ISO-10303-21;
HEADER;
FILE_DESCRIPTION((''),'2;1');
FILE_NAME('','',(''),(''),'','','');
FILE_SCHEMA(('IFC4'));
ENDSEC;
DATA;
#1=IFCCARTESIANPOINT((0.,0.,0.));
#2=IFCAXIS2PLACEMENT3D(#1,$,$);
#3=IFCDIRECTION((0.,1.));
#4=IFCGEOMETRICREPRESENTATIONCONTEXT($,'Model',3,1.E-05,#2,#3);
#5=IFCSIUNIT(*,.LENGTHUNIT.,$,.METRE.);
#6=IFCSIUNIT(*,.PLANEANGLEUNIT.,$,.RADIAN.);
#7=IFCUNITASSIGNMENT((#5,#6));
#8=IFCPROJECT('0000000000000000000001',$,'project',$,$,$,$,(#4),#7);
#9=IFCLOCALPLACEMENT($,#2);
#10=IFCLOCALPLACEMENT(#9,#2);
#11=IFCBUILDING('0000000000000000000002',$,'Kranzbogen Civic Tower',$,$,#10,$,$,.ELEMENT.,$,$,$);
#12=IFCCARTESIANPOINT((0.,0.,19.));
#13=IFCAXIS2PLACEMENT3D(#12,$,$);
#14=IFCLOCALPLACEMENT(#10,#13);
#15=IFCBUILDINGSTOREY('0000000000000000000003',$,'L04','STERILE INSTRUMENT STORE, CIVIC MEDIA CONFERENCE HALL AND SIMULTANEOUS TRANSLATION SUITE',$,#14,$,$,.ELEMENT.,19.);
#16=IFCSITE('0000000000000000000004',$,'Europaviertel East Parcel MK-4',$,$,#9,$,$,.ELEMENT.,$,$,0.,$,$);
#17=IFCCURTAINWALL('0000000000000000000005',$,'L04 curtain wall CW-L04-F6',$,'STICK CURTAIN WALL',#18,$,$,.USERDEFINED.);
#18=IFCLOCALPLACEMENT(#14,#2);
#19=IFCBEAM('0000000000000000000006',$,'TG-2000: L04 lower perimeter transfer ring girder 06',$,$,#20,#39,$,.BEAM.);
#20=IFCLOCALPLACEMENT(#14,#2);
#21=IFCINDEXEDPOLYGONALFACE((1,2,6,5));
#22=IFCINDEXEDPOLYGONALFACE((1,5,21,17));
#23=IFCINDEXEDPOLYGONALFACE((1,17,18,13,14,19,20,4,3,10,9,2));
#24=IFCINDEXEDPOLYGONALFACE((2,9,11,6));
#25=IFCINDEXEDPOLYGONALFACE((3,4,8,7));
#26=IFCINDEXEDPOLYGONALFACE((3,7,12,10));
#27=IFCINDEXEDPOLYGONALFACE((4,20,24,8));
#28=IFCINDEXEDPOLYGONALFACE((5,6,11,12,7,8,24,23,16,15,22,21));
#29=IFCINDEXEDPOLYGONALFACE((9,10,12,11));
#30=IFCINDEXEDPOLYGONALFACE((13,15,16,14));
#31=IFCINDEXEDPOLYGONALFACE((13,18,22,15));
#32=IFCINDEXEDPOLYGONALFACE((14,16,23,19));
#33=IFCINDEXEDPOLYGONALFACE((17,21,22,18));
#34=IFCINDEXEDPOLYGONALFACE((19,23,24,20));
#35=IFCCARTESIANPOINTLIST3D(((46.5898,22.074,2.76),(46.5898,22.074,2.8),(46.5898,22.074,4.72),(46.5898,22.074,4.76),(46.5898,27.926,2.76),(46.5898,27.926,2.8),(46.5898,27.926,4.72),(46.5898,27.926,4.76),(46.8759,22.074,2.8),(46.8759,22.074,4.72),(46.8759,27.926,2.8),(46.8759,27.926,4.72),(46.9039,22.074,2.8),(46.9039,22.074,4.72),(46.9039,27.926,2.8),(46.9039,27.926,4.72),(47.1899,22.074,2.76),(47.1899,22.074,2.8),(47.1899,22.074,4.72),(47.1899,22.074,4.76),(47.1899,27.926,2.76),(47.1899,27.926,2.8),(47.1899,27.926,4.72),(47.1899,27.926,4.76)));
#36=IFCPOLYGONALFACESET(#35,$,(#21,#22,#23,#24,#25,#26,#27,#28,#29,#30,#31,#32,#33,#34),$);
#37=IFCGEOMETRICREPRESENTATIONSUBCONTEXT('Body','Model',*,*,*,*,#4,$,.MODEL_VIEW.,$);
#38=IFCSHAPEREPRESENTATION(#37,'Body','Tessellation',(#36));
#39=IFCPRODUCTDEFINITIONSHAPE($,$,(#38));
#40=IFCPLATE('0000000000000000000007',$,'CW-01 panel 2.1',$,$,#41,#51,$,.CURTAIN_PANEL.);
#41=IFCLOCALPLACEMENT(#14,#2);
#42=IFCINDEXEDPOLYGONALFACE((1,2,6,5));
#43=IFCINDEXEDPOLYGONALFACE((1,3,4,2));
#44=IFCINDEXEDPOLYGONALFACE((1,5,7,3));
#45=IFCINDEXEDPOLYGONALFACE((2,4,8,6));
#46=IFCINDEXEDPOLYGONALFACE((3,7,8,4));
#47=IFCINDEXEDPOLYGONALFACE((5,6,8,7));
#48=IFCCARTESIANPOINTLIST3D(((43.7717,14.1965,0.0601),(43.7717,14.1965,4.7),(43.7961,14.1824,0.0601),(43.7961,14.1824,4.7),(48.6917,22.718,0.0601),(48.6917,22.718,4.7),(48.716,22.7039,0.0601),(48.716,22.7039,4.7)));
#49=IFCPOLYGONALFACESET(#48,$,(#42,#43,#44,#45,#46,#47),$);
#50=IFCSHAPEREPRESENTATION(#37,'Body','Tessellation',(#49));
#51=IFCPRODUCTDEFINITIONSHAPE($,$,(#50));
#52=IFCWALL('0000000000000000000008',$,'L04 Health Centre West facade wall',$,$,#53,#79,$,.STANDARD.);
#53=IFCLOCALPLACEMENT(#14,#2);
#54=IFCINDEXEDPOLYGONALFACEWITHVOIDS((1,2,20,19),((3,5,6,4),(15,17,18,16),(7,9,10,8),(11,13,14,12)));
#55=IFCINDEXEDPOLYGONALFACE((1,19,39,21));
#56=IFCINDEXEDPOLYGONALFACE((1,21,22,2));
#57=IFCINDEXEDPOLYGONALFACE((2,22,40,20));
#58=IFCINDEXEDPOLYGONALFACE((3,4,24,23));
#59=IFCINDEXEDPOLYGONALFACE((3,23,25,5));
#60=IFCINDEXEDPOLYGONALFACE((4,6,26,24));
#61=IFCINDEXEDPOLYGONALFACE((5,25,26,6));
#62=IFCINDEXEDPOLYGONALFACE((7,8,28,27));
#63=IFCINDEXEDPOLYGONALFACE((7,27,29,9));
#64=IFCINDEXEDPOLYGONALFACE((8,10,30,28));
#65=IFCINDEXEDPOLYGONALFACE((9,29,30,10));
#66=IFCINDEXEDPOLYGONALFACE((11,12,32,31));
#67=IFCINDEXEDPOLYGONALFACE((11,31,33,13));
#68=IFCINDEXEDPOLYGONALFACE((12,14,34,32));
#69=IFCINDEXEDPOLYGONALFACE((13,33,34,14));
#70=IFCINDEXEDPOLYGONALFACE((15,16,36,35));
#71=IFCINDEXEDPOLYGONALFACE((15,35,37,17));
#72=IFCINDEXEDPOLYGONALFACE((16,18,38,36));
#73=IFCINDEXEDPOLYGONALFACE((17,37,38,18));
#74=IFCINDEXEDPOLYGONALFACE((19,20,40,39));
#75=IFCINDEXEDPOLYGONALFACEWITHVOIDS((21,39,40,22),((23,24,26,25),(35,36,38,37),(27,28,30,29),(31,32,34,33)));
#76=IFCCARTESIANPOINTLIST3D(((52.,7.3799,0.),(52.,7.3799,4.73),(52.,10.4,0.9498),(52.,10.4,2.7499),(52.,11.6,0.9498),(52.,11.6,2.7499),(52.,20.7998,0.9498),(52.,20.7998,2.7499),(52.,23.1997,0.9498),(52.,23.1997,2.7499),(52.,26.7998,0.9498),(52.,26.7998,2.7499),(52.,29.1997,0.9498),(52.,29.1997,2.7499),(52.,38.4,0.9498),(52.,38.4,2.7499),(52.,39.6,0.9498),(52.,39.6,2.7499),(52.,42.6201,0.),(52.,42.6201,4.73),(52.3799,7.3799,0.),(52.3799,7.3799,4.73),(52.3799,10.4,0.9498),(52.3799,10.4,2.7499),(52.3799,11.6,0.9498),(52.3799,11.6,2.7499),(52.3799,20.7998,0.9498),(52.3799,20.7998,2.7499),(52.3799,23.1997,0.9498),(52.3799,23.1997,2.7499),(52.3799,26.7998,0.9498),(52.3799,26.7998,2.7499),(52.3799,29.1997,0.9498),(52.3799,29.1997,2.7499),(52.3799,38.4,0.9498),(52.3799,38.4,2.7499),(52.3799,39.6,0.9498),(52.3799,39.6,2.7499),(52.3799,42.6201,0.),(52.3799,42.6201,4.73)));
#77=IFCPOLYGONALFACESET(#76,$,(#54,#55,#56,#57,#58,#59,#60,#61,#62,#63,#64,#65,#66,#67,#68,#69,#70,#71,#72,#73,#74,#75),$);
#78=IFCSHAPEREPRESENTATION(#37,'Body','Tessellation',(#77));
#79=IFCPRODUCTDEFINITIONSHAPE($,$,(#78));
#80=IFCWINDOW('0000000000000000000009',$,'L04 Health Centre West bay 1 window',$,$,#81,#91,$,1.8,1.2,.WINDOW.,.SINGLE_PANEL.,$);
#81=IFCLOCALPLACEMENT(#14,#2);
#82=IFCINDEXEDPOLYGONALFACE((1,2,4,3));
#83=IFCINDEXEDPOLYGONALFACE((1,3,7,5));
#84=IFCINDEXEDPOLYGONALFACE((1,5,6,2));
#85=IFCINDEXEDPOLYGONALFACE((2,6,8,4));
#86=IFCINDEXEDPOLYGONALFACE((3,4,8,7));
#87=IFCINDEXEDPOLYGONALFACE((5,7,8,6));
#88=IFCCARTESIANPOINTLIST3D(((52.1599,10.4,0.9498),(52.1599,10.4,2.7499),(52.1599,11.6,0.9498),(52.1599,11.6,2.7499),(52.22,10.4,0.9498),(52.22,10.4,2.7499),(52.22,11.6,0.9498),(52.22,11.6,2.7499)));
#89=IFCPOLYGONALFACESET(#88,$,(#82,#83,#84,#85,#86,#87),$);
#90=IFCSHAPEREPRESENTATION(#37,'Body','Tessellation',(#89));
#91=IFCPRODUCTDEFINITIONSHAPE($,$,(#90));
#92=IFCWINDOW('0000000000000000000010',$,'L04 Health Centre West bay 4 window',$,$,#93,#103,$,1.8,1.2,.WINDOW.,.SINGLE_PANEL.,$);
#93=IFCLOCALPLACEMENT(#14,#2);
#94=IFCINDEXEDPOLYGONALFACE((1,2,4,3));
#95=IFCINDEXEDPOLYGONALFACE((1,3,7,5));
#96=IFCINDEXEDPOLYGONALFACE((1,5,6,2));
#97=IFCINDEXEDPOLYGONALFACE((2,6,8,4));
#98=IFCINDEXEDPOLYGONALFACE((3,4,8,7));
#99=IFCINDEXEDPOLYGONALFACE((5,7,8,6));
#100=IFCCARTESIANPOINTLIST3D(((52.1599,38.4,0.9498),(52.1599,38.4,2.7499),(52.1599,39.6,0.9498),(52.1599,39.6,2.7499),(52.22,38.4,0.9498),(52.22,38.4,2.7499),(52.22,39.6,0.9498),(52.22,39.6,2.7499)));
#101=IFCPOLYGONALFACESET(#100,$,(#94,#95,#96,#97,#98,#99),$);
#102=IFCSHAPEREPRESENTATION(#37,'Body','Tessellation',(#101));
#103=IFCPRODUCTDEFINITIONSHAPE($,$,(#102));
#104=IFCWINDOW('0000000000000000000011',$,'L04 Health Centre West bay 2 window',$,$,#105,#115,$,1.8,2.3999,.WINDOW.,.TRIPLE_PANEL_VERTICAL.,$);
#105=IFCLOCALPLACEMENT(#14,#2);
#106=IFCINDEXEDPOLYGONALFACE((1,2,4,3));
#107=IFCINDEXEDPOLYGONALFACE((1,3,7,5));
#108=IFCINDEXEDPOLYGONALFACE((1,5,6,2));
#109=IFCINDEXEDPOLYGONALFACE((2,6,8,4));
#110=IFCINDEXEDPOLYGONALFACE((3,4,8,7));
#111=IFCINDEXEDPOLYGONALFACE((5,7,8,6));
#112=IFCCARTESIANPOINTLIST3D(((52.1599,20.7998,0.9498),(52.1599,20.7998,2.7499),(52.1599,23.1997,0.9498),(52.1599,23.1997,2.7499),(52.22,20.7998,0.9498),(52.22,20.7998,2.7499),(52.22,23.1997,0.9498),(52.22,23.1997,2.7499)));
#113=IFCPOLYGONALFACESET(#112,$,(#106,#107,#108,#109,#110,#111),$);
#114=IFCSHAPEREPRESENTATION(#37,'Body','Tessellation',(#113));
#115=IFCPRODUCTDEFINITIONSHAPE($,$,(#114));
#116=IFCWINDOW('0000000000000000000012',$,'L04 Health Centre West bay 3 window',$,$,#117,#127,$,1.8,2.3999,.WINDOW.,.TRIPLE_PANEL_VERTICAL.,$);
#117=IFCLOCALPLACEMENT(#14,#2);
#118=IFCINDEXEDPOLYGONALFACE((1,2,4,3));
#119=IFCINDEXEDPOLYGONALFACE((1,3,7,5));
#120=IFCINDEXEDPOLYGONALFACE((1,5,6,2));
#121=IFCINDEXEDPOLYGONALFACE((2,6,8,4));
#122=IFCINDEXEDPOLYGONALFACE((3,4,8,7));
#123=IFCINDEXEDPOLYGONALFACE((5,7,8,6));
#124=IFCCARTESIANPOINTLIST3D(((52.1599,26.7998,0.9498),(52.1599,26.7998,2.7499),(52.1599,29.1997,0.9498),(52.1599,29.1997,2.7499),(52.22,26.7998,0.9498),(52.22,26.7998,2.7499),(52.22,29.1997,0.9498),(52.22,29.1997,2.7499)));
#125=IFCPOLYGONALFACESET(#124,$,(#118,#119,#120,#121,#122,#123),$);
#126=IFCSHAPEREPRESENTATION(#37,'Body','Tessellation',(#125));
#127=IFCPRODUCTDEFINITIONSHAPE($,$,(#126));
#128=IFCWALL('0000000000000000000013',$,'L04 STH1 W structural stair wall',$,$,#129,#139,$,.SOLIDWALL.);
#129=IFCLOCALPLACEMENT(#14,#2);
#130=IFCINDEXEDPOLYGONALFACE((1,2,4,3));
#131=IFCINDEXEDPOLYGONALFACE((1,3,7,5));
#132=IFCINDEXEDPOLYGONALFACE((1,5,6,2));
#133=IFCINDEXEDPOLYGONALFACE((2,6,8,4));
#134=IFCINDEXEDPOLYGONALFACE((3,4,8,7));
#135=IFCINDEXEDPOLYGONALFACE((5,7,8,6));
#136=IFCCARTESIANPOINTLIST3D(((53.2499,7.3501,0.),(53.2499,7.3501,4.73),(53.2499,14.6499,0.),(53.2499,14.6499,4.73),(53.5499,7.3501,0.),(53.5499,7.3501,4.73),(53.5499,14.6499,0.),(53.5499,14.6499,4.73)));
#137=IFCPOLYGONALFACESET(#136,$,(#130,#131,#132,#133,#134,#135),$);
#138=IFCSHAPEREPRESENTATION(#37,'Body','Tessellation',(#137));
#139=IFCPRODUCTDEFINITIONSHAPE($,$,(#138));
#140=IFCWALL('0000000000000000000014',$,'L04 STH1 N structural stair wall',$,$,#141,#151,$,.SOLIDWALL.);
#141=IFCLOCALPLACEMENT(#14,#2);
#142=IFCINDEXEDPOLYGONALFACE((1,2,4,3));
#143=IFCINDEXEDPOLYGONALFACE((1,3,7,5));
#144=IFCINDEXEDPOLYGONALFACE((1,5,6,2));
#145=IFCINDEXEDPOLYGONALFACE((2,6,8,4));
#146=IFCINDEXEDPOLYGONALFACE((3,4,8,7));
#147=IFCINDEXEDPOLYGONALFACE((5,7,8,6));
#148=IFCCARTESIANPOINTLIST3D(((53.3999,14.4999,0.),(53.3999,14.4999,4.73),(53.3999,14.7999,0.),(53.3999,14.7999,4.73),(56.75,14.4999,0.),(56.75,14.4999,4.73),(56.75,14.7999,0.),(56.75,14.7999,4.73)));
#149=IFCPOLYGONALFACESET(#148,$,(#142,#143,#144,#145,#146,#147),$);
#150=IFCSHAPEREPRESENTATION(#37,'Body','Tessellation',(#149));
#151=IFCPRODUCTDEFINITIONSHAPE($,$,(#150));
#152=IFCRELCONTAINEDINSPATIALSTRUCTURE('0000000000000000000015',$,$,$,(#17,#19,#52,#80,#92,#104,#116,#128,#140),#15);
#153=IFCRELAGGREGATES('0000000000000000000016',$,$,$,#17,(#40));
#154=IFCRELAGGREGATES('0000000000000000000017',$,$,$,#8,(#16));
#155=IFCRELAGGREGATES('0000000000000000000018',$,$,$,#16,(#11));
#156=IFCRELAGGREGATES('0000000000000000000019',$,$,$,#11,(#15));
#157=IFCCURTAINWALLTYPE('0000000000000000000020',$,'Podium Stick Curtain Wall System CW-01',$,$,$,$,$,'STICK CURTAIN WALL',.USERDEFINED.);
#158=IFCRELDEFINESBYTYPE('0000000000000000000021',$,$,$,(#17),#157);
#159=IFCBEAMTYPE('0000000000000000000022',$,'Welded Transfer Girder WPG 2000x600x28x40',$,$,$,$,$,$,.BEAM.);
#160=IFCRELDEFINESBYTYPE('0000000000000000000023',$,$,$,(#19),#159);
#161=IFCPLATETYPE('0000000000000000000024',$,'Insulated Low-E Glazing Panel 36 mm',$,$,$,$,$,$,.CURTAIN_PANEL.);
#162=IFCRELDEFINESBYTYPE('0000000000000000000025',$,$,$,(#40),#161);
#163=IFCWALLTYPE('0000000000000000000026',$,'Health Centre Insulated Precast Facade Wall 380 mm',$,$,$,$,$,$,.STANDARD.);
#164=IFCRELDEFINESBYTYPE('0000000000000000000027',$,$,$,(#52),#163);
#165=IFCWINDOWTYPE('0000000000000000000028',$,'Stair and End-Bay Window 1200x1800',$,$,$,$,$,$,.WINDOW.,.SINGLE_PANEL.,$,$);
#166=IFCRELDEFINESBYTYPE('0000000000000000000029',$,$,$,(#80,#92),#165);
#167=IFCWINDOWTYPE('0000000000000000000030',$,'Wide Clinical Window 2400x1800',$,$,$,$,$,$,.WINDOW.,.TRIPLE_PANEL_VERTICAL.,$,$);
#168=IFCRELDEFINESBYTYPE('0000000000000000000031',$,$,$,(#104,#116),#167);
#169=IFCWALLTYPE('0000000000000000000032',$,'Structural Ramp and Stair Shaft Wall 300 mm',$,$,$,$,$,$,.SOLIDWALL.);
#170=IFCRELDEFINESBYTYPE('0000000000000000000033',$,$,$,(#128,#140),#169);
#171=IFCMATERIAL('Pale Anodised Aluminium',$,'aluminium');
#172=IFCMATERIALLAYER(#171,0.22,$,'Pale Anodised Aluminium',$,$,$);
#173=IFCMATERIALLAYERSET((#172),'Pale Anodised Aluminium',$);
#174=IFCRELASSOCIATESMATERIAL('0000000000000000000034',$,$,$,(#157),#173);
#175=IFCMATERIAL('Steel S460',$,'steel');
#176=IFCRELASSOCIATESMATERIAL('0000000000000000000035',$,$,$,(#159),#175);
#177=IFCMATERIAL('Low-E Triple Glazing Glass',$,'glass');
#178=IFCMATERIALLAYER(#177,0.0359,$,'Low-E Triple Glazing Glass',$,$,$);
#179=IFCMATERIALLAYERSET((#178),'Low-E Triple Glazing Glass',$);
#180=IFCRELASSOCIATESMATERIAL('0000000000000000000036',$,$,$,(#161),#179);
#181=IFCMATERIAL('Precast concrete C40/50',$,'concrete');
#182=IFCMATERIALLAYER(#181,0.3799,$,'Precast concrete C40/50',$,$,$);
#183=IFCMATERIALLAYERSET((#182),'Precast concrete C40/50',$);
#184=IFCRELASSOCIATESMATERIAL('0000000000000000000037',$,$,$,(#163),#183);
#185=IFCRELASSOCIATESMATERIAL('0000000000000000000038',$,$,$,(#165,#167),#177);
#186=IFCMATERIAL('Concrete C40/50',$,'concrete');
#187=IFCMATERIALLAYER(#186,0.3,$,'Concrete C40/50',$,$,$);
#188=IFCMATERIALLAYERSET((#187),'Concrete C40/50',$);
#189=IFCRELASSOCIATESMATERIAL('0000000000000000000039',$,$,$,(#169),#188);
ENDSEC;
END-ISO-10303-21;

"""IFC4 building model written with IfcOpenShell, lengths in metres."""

from ifc_helpers import new_model, si_unit, direction, frame, frame_2d, origin, origin_2d, place, context, subcontext, project, spatial, rectangle, i_section, extrude, material, layer, layer_set, material_profile, profile_set, type_object, element, fill, aggregate, save


model = new_model("IFC4")

# Units and contexts
model_context = context("Model", 3, precision=1e-05, world=origin(), true_north=direction((0.0, 1.0)))
body_context = subcontext(model_context, "Body", "Model", "MODEL_VIEW")
ifc_project = project(units=[si_unit("LENGTHUNIT", "METRE"), si_unit("PLANEANGLEUNIT", "RADIAN")], contexts=[model_context])

# Site, building, storey
site_placement = place(None, origin())
site = spatial("IfcSite", under=ifc_project, at=site_placement, Name="Europaviertel East Parcel MK-4", CompositionType="ELEMENT", RefElevation=0.0)
building_placement = place(site_placement, origin())
building = spatial("IfcBuilding", under=site, at=building_placement, Name="Kranzbogen Civic Tower", CompositionType="ELEMENT")
storey_placement = place(building_placement, frame((0.0, 0.0, 19.0)))
storey = spatial("IfcBuildingStorey", under=building, at=storey_placement, Name="L04", Description="STERILE INSTRUMENT STORE, CIVIC MEDIA CONFERENCE HALL AND SIMULTANEOUS TRANSLATION SUITE", CompositionType="ELEMENT", Elevation=19.0)

# Shared definitions
ifc_material_1 = material(Name="Steel S460", Category="steel")
ifc_material_2 = material(Name="Concrete C40/50", Category="concrete")

# Curtain wall
ifc_material_3 = material(Name="Pale Anodised Aluminium", Category="aluminium")
ifc_layer_1 = layer(ifc_material_3, 0.22, Name="Pale Anodised Aluminium")
ifc_layer_set_1 = layer_set([ifc_layer_1], Name="Pale Anodised Aluminium")
curtain_wall_type = type_object("IfcCurtainWallType", Name="Podium Stick Curtain Wall System CW-01", ElementType="STICK CURTAIN WALL", PredefinedType="USERDEFINED", material=ifc_layer_set_1)
curtain_wall_placement = place(storey_placement, origin())
curtain_wall = element("IfcCurtainWall", 1, at=curtain_wall_placement, inside=storey, type_object=curtain_wall_type, Name="L04 curtain wall CW-L04-F6", ObjectType="STICK CURTAIN WALL", PredefinedType="USERDEFINED")

# Beam
ifc_material_profile_1 = material_profile(ifc_material_1, i_section(OverallWidth=0.6001, OverallDepth=2.0, WebThickness=0.0281, FlangeThickness=0.04, at=origin_2d()), Name="WPG 2000x600x28x40")
ifc_profile_set_1 = profile_set([ifc_material_profile_1], Name="Steel S460")
beam_type_1 = type_object("IfcBeamType", Name="Welded Transfer Girder WPG 2000x600x28x40", PredefinedType="BEAM", material=ifc_profile_set_1)
beam_1_placement = place(storey_placement, frame((46.8899, 22.074, 3.76), z_axis=(0.0, 1.0, 0.0), x_axis=(-1.0, 0.0, 0.0)))
element("IfcBeam", 2, at=beam_1_placement, inside=storey, type_object=beam_type_1, Name="TG-2000: L04 lower perimeter transfer ring girder 06", PredefinedType="BEAM", context=body_context, shape_type="SweptSolid", body=[
    extrude(i_section(OverallWidth=0.6001, OverallDepth=2.0, WebThickness=0.0281, FlangeThickness=0.04, at=origin_2d()), origin(), (0.0, 0.0, 1.0), 5.8521),
])

# Plate
ifc_material_4 = material(Name="Low-E Triple Glazing Glass", Category="glass")
ifc_layer_2 = layer(ifc_material_4, 0.0359, Name="Low-E Triple Glazing Glass")
ifc_layer_set_2 = layer_set([ifc_layer_2], Name="Low-E Triple Glazing Glass")
plate_type = type_object("IfcPlateType", Name="Insulated Low-E Glazing Panel 36 mm", PredefinedType="CURTAIN_PANEL", material=ifc_layer_set_2)
plate_placement = place(storey_placement, frame((46.2439, 18.4502, 0.0601), z_axis=(0.0, 0.0, 1.0), x_axis=(0.500006, 0.866022, 0.0)))
plate = element("IfcPlate", 3, at=plate_placement, type_object=plate_type, Name="CW-01 panel 2.1", PredefinedType="CURTAIN_PANEL", context=body_context, shape_type="SweptSolid", body=[
    extrude(rectangle(XDim=9.8398, YDim=0.0281, at=origin_2d()), origin(), (0.0, 0.0, 1.0), 4.6399),
])
aggregate(curtain_wall, [plate])

# Wall, openings, windows
ifc_material_5 = material(Name="Precast concrete C40/50", Category="concrete")
ifc_layer_3 = layer(ifc_material_5, 0.3799, Name="Precast concrete C40/50")
ifc_layer_set_3 = layer_set([ifc_layer_3], Name="Precast concrete C40/50")
wall_type_1 = type_object("IfcWallType", Name="Health Centre Insulated Precast Facade Wall 380 mm", PredefinedType="STANDARD", material=ifc_layer_set_3)
wall_1_placement = place(storey_placement, frame((52.1899, 7.3799, 0.0), z_axis=(0.0, 0.0, 1.0), x_axis=(0.0, 1.0, 0.0)))
wall_1 = element("IfcWall", 4, at=wall_1_placement, inside=storey, type_object=wall_type_1, Name="L04 Health Centre West facade wall", PredefinedType="STANDARD", context=body_context, shape_type="SweptSolid", body=[
    extrude(rectangle(XDim=35.2402, YDim=0.3799, at=frame_2d((17.6201, 0.0))), origin(), (0.0, 0.0, 1.0), 4.73),
])
opening_1_placement = place(wall_1_placement, frame((3.02, 0.0, 0.95)))
opening_1 = element("IfcOpeningElement", 5, at=opening_1_placement, cuts=wall_1, PredefinedType="OPENING", context=body_context, shape_type="SweptSolid", body=[
    extrude(rectangle(XDim=1.2, YDim=1.8, at=frame_2d((0.6001, 0.8999))), frame((0.0, 0.2, 0.0), z_axis=(0.0, -1.0, 0.0), x_axis=(1.0, 0.0, 0.0)), (0.0, 0.0, 1.0), 0.3999),
])
opening_2_placement = place(wall_1_placement, frame((13.4199, 0.0, 0.95)))
opening_2 = element("IfcOpeningElement", 6, at=opening_2_placement, cuts=wall_1, PredefinedType="OPENING", context=body_context, shape_type="SweptSolid", body=[
    extrude(rectangle(XDim=2.3999, YDim=1.8, at=frame_2d((1.2, 0.8999))), frame((0.0, 0.2, 0.0), z_axis=(0.0, -1.0, 0.0), x_axis=(1.0, 0.0, 0.0)), (0.0, 0.0, 1.0), 0.3999),
])
opening_3_placement = place(wall_1_placement, frame((19.4199, 0.0, 0.95)))
opening_3 = element("IfcOpeningElement", 7, at=opening_3_placement, cuts=wall_1, PredefinedType="OPENING", context=body_context, shape_type="SweptSolid", body=[
    extrude(rectangle(XDim=2.3999, YDim=1.8, at=frame_2d((1.2, 0.8999))), frame((0.0, 0.2, 0.0), z_axis=(0.0, -1.0, 0.0), x_axis=(1.0, 0.0, 0.0)), (0.0, 0.0, 1.0), 0.3999),
])
opening_4_placement = place(wall_1_placement, frame((31.02, 0.0, 0.95)))
opening_4 = element("IfcOpeningElement", 8, at=opening_4_placement, cuts=wall_1, PredefinedType="OPENING", context=body_context, shape_type="SweptSolid", body=[
    extrude(rectangle(XDim=1.2, YDim=1.8, at=frame_2d((0.6001, 0.8999))), frame((0.0, 0.2, 0.0), z_axis=(0.0, -1.0, 0.0), x_axis=(1.0, 0.0, 0.0)), (0.0, 0.0, 1.0), 0.3999),
])
window_type_1 = type_object("IfcWindowType", Name="Stair and End-Bay Window 1200x1800", PartitioningType="SINGLE_PANEL", PredefinedType="WINDOW", material=ifc_material_4)
window_1_placement = place(opening_1_placement, origin())
window_1 = element("IfcWindow", 9, at=window_1_placement, inside=storey, type_object=window_type_1, Name="L04 Health Centre West bay 1 window", OverallHeight=1.8, OverallWidth=1.2, PartitioningType="SINGLE_PANEL", PredefinedType="WINDOW", context=body_context, shape_type="SweptSolid", body=[
    extrude(rectangle(XDim=1.2, YDim=1.8, at=frame_2d((0.6001, 0.8999))), frame((0.0, 0.03, 0.0), z_axis=(0.0, -1.0, 0.0), x_axis=(1.0, 0.0, 0.0)), (0.0, 0.0, 1.0), 0.0601),
])
fill(opening_1, window_1)
window_2_placement = place(opening_4_placement, origin())
window_2 = element("IfcWindow", 10, at=window_2_placement, inside=storey, type_object=window_type_1, Name="L04 Health Centre West bay 4 window", OverallHeight=1.8, OverallWidth=1.2, PartitioningType="SINGLE_PANEL", PredefinedType="WINDOW", context=body_context, shape_type="SweptSolid", body=[
    extrude(rectangle(XDim=1.2, YDim=1.8, at=frame_2d((0.6001, 0.8999))), frame((0.0, 0.03, 0.0), z_axis=(0.0, -1.0, 0.0), x_axis=(1.0, 0.0, 0.0)), (0.0, 0.0, 1.0), 0.0601),
])
fill(opening_4, window_2)
window_type_2 = type_object("IfcWindowType", Name="Wide Clinical Window 2400x1800", PartitioningType="TRIPLE_PANEL_VERTICAL", PredefinedType="WINDOW", material=ifc_material_4)
window_3_placement = place(opening_2_placement, origin())
window_3 = element("IfcWindow", 11, at=window_3_placement, inside=storey, type_object=window_type_2, Name="L04 Health Centre West bay 2 window", OverallHeight=1.8, OverallWidth=2.3999, PartitioningType="TRIPLE_PANEL_VERTICAL", PredefinedType="WINDOW", context=body_context, shape_type="SweptSolid", body=[
    extrude(rectangle(XDim=2.3999, YDim=1.8, at=frame_2d((1.2, 0.8999))), frame((0.0, 0.03, 0.0), z_axis=(0.0, -1.0, 0.0), x_axis=(1.0, 0.0, 0.0)), (0.0, 0.0, 1.0), 0.0601),
])
fill(opening_2, window_3)
window_4_placement = place(opening_3_placement, origin())
window_4 = element("IfcWindow", 12, at=window_4_placement, inside=storey, type_object=window_type_2, Name="L04 Health Centre West bay 3 window", OverallHeight=1.8, OverallWidth=2.3999, PartitioningType="TRIPLE_PANEL_VERTICAL", PredefinedType="WINDOW", context=body_context, shape_type="SweptSolid", body=[
    extrude(rectangle(XDim=2.3999, YDim=1.8, at=frame_2d((1.2, 0.8999))), frame((0.0, 0.03, 0.0), z_axis=(0.0, -1.0, 0.0), x_axis=(1.0, 0.0, 0.0)), (0.0, 0.0, 1.0), 0.0601),
])
fill(opening_3, window_4)

# Walls
ifc_layer_4 = layer(ifc_material_2, 0.3, Name="Concrete C40/50")
ifc_layer_set_4 = layer_set([ifc_layer_4], Name="Concrete C40/50")
wall_type_2 = type_object("IfcWallType", Name="Structural Ramp and Stair Shaft Wall 300 mm", PredefinedType="SOLIDWALL", material=ifc_layer_set_4)
wall_2_placement = place(storey_placement, frame((53.3999, 7.3501, 0.0), z_axis=(0.0, 0.0, 1.0), x_axis=(0.0, 1.0, 0.0)))
element("IfcWall", 13, at=wall_2_placement, inside=storey, type_object=wall_type_2, Name="L04 STH1 W structural stair wall", PredefinedType="SOLIDWALL", context=body_context, shape_type="SweptSolid", body=[
    extrude(rectangle(XDim=7.2998, YDim=0.3, at=frame_2d((3.6499, 0.0))), origin(), (0.0, 0.0, 1.0), 4.73),
])
wall_3_placement = place(storey_placement, frame((53.3999, 14.6499, 0.0), z_axis=(0.0, 0.0, 1.0), x_axis=(1.0, 0.0, 0.0)))
element("IfcWall", 14, at=wall_3_placement, inside=storey, type_object=wall_type_2, Name="L04 STH1 N structural stair wall", PredefinedType="SOLIDWALL", context=body_context, shape_type="SweptSolid", body=[
    extrude(rectangle(XDim=3.3501, YDim=0.3, at=frame_2d((1.675, 0.0))), origin(), (0.0, 0.0, 1.0), 4.73),
])

save(model, "model.ifc")
